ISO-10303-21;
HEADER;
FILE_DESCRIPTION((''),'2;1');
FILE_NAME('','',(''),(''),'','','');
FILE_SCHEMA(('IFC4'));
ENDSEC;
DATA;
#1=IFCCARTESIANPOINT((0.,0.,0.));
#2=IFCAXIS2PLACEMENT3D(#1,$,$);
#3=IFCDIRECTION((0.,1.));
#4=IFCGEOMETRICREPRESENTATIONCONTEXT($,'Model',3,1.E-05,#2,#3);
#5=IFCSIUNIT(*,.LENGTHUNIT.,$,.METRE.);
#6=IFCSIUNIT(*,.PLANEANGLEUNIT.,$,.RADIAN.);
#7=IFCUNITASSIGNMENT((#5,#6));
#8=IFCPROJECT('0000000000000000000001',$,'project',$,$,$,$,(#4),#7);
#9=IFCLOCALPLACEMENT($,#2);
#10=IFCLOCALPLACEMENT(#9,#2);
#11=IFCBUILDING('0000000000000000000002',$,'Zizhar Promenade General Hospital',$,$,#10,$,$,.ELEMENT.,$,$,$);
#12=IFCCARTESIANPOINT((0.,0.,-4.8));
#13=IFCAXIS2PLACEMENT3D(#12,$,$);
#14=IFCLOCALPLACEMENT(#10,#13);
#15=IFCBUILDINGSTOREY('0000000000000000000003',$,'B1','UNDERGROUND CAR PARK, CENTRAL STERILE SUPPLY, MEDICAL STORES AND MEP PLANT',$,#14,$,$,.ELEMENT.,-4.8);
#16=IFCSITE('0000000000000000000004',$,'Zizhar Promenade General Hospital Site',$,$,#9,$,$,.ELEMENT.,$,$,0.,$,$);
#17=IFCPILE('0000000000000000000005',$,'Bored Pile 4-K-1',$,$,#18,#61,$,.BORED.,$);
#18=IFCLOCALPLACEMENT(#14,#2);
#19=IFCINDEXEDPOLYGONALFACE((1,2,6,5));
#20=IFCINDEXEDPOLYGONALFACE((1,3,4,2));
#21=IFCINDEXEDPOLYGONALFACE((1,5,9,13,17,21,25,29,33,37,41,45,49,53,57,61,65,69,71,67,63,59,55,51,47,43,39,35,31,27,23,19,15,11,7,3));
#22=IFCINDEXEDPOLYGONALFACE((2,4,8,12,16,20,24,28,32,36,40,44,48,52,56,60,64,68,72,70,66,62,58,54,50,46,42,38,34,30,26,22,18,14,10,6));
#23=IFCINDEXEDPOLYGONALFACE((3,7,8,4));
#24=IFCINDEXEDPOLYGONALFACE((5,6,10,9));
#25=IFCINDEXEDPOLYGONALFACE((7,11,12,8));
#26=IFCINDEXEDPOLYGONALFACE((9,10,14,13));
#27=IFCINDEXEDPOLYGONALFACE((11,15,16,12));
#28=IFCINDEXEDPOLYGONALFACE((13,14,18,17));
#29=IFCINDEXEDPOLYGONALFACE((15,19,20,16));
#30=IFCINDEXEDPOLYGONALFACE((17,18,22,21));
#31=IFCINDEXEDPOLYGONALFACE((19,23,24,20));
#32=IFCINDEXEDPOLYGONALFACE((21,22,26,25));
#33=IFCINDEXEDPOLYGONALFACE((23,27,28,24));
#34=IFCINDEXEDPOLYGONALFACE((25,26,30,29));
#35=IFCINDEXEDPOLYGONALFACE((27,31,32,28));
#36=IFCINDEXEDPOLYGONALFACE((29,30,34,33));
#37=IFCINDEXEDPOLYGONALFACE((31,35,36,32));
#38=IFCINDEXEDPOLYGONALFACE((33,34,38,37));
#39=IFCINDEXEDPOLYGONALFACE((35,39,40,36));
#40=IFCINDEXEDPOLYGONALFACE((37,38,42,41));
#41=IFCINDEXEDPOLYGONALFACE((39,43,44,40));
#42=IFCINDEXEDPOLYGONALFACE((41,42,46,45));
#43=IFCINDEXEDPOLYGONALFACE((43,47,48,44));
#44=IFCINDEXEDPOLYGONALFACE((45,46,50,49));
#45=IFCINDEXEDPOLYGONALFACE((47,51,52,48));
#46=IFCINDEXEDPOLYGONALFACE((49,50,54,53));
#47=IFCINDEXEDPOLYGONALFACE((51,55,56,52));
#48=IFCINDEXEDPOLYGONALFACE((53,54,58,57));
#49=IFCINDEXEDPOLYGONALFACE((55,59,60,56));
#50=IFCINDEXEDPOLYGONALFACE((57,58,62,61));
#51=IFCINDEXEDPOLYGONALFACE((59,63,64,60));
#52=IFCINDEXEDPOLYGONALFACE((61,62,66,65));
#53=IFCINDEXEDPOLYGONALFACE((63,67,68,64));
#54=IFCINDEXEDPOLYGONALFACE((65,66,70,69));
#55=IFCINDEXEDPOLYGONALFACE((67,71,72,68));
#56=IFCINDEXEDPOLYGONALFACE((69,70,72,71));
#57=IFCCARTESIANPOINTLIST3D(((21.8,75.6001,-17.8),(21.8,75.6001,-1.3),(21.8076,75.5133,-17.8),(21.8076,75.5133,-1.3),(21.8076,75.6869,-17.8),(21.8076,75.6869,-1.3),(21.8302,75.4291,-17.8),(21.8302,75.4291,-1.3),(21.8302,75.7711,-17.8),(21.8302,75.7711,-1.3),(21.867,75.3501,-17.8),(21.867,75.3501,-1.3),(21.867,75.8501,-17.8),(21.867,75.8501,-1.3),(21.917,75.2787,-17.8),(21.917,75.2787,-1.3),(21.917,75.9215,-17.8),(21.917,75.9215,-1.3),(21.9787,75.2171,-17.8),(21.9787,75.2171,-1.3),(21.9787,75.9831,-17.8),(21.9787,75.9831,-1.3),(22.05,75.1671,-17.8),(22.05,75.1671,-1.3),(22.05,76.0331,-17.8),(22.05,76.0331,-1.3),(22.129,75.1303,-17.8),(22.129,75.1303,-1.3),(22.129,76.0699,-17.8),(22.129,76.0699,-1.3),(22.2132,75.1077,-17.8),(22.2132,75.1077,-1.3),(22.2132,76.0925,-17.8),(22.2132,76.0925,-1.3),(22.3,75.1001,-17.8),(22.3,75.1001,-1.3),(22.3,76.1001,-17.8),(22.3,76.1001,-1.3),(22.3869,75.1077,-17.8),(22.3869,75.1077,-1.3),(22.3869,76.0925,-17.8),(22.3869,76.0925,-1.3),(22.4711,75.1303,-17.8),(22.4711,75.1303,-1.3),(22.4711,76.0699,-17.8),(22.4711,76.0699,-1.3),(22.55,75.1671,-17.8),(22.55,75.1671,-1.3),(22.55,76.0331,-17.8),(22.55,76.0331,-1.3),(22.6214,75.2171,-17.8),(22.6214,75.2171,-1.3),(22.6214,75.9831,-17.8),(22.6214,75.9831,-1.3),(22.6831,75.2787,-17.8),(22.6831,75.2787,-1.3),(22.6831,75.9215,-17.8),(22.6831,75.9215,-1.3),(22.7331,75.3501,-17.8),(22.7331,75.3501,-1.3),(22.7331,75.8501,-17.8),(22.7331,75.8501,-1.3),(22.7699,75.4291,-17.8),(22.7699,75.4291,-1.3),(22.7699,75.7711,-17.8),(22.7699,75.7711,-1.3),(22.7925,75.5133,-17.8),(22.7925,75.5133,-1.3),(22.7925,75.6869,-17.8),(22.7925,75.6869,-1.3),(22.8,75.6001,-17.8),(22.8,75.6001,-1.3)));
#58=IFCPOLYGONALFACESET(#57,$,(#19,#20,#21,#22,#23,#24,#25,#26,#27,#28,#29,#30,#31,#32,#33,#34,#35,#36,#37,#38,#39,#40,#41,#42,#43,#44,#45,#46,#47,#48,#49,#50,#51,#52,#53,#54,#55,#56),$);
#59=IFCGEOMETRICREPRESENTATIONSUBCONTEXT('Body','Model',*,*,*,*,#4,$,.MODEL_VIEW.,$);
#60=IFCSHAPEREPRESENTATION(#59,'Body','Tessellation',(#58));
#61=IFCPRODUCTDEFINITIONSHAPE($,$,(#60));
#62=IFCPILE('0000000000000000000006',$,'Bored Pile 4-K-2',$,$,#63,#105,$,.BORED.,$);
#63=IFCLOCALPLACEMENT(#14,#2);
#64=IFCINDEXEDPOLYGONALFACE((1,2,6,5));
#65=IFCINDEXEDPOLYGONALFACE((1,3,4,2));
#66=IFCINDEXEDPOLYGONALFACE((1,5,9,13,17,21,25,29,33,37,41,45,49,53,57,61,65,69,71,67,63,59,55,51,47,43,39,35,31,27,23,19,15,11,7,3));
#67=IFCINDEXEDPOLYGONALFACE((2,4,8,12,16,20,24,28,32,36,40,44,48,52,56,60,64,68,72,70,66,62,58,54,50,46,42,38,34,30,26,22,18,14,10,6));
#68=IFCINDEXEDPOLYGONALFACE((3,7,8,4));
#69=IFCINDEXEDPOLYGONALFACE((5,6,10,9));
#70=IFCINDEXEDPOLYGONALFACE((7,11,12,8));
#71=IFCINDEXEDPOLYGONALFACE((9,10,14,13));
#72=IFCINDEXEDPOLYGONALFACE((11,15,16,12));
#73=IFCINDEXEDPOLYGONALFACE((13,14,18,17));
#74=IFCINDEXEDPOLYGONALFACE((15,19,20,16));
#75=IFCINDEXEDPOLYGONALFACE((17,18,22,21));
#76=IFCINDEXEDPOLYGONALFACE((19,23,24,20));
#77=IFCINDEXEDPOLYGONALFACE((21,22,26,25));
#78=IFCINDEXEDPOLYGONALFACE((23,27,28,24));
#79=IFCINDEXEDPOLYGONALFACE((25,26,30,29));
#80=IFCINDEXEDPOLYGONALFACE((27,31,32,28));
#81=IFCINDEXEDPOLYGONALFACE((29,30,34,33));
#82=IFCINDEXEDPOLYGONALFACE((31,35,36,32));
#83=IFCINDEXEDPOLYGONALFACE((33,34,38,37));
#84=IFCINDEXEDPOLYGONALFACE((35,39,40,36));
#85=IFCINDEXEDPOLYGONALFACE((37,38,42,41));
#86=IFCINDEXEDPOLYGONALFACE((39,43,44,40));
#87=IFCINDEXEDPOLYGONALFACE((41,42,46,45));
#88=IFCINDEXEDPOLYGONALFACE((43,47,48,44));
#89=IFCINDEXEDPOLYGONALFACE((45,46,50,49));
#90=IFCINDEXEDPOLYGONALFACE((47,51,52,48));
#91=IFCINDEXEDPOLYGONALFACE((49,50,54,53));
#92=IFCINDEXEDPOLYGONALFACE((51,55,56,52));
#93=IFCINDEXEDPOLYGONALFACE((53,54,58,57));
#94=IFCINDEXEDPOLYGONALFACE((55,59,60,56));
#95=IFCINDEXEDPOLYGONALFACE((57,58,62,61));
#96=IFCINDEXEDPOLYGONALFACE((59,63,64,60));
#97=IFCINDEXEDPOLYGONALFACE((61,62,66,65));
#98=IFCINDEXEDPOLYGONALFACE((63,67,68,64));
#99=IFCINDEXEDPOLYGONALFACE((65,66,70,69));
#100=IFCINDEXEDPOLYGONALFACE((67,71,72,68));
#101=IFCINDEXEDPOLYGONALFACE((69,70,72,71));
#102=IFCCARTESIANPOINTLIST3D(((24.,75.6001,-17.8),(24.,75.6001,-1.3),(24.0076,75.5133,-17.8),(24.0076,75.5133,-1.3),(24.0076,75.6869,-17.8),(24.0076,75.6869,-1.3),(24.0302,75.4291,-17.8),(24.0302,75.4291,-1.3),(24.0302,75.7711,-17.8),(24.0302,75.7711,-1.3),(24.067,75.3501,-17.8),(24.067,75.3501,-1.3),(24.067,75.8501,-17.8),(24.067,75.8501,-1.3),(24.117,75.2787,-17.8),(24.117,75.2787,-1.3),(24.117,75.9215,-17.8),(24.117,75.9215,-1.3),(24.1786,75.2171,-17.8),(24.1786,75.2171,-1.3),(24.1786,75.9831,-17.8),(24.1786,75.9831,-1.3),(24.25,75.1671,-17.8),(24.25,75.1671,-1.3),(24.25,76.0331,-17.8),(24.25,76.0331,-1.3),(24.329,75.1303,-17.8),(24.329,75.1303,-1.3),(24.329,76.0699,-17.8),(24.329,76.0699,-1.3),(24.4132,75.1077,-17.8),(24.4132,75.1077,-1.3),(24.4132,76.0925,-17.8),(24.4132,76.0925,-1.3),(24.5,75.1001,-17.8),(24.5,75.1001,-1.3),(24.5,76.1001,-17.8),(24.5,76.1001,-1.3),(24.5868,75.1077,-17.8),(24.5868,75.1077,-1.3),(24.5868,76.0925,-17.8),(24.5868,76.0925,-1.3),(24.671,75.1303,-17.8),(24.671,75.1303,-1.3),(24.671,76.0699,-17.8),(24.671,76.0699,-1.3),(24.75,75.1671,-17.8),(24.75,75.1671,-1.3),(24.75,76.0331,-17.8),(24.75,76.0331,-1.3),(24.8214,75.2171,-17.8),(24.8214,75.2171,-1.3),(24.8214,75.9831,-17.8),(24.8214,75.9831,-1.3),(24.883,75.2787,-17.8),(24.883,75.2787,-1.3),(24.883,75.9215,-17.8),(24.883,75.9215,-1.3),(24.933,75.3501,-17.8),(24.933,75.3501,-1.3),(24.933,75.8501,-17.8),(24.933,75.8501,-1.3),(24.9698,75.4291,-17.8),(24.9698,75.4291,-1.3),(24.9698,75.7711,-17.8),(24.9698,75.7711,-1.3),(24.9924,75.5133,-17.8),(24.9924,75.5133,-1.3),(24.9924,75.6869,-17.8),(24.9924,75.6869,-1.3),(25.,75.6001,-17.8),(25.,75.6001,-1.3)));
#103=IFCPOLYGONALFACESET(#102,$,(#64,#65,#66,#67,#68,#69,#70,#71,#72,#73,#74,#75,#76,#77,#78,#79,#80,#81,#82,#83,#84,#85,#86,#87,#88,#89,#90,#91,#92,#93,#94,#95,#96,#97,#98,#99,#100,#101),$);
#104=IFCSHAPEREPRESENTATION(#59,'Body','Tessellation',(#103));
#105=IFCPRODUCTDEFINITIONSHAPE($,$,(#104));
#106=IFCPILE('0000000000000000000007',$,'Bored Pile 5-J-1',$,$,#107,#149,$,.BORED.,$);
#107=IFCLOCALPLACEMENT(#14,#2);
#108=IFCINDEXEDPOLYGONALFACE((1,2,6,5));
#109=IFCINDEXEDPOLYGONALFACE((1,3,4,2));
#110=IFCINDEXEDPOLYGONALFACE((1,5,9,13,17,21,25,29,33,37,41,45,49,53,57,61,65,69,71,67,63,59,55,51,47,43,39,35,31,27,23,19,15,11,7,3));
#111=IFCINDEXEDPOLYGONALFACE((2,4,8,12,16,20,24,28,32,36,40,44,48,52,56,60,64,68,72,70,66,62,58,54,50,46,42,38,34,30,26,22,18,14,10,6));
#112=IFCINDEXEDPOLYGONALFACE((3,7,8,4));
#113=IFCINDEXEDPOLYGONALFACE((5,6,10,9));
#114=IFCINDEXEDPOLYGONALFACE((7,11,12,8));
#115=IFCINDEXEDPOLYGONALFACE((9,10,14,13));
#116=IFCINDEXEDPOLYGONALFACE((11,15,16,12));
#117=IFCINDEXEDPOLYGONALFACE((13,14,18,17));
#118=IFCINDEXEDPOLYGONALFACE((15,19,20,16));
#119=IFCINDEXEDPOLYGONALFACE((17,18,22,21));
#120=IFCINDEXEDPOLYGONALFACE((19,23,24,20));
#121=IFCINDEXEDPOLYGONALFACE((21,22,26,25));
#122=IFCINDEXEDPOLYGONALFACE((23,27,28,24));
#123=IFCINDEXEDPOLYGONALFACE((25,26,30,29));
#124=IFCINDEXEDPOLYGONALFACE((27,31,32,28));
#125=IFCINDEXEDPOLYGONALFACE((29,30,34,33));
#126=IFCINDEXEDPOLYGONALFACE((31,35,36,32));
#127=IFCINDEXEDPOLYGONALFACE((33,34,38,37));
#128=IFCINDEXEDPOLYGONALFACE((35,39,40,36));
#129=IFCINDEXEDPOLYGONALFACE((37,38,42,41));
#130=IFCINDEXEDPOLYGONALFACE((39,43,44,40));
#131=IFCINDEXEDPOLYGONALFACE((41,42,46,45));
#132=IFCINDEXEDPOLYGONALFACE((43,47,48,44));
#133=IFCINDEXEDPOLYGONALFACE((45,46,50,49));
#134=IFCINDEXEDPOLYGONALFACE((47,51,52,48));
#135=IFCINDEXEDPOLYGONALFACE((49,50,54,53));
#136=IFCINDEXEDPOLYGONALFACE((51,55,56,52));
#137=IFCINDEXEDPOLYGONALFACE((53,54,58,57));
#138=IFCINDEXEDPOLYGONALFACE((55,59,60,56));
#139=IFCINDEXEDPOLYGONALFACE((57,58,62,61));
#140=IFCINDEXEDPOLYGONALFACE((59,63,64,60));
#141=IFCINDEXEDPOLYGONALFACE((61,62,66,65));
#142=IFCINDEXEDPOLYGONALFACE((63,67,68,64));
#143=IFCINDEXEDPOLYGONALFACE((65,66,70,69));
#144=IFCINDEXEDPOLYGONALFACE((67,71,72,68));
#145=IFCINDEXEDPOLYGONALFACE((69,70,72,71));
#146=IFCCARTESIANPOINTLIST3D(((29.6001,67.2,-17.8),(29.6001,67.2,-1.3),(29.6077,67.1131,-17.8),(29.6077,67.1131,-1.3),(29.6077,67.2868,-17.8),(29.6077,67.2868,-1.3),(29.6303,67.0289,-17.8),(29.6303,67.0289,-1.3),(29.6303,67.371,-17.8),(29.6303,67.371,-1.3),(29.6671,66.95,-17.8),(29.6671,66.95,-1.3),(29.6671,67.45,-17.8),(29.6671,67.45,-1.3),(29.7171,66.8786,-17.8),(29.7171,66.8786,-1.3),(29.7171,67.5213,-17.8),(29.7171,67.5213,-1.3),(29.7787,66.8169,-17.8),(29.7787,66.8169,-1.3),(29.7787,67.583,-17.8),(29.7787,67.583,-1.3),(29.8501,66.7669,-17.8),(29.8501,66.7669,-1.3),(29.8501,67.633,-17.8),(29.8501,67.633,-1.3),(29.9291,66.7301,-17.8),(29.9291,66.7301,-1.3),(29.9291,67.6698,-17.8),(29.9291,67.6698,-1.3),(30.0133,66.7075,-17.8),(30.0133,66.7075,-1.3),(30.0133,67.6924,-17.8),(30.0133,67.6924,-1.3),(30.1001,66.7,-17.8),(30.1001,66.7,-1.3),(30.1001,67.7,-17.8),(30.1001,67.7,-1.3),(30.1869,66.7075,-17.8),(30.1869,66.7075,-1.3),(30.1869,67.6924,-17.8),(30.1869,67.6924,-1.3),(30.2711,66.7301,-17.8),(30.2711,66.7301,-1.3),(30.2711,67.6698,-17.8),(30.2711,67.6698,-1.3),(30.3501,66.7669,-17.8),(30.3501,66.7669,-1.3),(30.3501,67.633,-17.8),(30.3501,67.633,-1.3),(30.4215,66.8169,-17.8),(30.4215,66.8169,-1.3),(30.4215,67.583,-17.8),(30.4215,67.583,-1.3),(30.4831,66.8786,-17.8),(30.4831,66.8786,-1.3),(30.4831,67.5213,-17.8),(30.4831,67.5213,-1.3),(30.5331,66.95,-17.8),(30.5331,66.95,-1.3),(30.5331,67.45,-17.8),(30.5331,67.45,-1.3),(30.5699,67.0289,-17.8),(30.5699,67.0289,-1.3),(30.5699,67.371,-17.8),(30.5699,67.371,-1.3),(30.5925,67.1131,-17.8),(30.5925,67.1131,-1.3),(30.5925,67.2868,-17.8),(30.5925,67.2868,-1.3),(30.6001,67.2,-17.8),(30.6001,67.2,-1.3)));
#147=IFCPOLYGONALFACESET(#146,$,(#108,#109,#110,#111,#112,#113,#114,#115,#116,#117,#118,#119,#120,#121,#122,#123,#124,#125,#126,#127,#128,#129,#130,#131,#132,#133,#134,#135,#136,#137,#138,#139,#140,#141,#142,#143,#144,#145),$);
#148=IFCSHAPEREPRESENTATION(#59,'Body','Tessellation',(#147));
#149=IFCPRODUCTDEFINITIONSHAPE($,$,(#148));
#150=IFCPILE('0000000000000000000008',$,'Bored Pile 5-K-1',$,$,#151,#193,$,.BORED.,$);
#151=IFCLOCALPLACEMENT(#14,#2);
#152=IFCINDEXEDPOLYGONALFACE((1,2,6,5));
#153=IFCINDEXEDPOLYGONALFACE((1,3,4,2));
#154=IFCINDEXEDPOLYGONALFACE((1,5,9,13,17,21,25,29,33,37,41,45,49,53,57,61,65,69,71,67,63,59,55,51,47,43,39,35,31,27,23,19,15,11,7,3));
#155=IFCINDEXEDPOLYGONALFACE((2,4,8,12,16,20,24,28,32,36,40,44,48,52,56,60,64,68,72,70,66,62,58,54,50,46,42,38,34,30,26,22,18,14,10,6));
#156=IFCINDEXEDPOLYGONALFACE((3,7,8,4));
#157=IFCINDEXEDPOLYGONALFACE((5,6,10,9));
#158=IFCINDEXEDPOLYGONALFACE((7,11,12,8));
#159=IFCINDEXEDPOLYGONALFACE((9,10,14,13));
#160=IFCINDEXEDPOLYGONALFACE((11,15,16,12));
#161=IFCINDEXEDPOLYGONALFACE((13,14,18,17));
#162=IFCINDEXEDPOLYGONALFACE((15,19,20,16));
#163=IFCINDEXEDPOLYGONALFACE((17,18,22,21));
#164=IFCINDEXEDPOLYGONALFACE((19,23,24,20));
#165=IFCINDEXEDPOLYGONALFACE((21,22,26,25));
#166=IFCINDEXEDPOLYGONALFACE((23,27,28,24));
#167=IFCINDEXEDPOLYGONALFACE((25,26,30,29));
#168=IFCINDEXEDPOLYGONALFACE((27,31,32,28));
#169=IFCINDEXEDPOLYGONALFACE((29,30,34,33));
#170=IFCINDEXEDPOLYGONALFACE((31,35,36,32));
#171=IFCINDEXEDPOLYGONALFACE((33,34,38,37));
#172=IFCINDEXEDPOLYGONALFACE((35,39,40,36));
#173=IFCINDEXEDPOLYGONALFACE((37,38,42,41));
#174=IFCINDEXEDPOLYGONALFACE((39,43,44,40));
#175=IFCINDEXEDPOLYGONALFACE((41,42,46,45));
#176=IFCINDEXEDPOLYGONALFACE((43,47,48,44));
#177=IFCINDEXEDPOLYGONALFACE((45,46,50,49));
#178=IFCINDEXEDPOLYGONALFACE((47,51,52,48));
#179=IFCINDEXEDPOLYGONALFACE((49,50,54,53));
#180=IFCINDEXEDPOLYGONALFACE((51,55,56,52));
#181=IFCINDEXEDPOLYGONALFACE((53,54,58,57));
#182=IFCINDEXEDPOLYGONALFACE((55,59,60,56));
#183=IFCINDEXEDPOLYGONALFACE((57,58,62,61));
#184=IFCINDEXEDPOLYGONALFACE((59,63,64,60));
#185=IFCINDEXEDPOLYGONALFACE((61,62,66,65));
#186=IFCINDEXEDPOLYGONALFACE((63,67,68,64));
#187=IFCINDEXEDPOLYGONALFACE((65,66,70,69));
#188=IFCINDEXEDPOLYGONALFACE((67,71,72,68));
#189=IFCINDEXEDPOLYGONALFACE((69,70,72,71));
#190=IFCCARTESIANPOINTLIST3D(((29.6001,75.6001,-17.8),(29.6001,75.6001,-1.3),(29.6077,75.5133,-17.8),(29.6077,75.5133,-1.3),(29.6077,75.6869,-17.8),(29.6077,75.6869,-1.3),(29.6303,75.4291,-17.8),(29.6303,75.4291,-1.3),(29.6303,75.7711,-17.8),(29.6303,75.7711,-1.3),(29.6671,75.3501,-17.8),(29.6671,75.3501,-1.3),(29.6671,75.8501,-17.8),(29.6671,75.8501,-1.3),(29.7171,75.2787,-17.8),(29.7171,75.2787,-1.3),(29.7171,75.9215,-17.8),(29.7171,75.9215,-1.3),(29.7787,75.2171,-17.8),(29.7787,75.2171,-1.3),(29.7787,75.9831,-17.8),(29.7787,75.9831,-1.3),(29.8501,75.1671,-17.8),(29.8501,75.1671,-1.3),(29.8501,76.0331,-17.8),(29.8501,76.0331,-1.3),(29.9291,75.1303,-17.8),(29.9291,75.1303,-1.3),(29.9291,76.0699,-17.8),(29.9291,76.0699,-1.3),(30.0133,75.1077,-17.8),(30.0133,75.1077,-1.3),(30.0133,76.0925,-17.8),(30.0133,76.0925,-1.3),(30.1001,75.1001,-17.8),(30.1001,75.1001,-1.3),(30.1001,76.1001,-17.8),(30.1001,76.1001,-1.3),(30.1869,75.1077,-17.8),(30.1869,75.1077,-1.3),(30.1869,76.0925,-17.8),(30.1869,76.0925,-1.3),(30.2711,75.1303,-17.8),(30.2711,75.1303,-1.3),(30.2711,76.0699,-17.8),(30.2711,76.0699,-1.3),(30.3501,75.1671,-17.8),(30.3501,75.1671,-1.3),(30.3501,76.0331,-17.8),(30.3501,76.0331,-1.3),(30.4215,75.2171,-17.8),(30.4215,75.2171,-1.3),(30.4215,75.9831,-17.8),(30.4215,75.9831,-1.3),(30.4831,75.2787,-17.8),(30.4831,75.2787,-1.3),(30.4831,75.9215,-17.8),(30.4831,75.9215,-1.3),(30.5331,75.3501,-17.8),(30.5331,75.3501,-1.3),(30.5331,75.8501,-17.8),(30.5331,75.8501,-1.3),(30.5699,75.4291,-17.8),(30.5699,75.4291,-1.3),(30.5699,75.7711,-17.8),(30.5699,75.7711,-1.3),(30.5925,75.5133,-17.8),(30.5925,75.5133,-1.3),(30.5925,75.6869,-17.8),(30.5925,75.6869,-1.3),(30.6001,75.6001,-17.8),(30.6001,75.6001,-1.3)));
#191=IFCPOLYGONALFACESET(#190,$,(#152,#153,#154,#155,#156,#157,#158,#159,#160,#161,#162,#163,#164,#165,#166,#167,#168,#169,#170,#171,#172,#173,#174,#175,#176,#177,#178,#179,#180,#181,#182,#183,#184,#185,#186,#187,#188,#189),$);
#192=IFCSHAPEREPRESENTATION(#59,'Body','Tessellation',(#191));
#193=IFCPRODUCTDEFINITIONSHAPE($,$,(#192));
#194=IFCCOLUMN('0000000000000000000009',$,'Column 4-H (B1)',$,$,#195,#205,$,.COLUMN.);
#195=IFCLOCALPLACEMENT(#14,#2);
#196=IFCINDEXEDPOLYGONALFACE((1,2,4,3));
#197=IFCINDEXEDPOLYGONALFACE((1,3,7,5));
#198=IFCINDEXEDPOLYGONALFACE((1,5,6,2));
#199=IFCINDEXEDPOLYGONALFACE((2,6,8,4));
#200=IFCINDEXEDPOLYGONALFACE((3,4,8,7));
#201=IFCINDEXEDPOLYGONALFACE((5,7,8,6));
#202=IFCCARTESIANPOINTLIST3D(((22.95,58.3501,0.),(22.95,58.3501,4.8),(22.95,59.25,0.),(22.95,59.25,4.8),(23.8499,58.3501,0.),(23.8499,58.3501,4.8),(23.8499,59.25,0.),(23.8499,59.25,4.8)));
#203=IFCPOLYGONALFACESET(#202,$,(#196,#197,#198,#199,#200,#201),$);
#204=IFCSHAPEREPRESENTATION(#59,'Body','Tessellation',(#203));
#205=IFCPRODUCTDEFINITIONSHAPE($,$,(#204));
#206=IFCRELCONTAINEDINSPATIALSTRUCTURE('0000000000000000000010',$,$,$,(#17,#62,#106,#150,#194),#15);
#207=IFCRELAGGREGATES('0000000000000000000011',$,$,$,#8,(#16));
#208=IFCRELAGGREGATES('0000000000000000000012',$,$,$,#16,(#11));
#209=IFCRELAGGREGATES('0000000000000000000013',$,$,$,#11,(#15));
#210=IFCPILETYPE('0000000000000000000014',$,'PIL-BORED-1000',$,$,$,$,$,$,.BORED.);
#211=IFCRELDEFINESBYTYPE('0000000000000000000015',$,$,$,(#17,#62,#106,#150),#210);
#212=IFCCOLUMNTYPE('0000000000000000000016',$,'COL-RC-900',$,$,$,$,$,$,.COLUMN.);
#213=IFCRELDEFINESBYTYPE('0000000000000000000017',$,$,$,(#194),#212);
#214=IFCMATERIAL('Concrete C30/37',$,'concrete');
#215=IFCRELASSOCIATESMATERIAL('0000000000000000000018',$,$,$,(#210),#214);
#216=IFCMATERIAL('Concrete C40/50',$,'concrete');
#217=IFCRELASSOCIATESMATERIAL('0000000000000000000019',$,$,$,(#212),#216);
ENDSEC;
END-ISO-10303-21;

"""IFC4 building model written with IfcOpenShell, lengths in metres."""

from ifc_helpers import new_model, si_unit, direction, frame, origin, origin_2d, place, context, subcontext, project, spatial, rectangle, circle, extrude, material, material_profile, profile_set, type_object, element, save


model = new_model("IFC4")

# Units and contexts
model_context = context("Model", 3, precision=1e-05, world=origin(), true_north=direction((0.0, 1.0)))
body_context = subcontext(model_context, "Body", "Model", "MODEL_VIEW")
ifc_project = project(units=[si_unit("LENGTHUNIT", "METRE"), si_unit("PLANEANGLEUNIT", "RADIAN")], contexts=[model_context])

# Site, building, storey
site_placement = place(None, origin())
site = spatial("IfcSite", under=ifc_project, at=site_placement, Name="Zizhar Promenade General Hospital Site", CompositionType="ELEMENT", RefElevation=0.0)
building_placement = place(site_placement, origin())
building = spatial("IfcBuilding", under=site, at=building_placement, Name="Zizhar Promenade General Hospital", CompositionType="ELEMENT")
storey_placement = place(building_placement, frame((0.0, 0.0, -4.8)))
storey = spatial("IfcBuildingStorey", under=building, at=storey_placement, Name="B1", Description="UNDERGROUND CAR PARK, CENTRAL STERILE SUPPLY, MEDICAL STORES AND MEP PLANT", CompositionType="ELEMENT", Elevation=-4.8)

# Piles
ifc_material_1 = material(Name="Concrete C30/37", Category="concrete")
ifc_material_profile_1 = material_profile(ifc_material_1, circle(Radius=0.5, at=origin_2d()))
ifc_profile_set_1 = profile_set([ifc_material_profile_1], Name="Concrete C30/37")
pile_type = type_object("IfcPileType", Name="PIL-BORED-1000", PredefinedType="BORED", material=ifc_profile_set_1)
for number, where, z_axis, x_axis, name in (
    (1, (22.3, 75.6001, -1.3), (0.0, 0.0, -1.0), (1.0, 0.0, 0.0), "Bored Pile 4-K-1"),
    (2, (24.5, 75.6001, -1.3), (0.0, 0.0, -1.0), (1.0, 0.0, 0.0), "Bored Pile 4-K-2"),
    (3, (30.1001, 67.2, -1.3), (0.0, 0.0, -1.0), (1.0, 0.0, 0.0), "Bored Pile 5-J-1"),
    (4, (30.1001, 75.6001, -1.3), (0.0, 0.0, -1.0), (1.0, 0.0, 0.0), "Bored Pile 5-K-1"),
):
    element("IfcPile", number, at=place(storey_placement, frame(where, z_axis=z_axis, x_axis=x_axis)), inside=storey, type_object=pile_type, Name=name, PredefinedType="BORED", context=body_context, shape_type="SweptSolid", body=[
        extrude(circle(Radius=0.5, at=origin_2d()), origin(), (0.0, 0.0, 1.0), 16.5),
    ])

# Column
ifc_material_2 = material(Name="Concrete C40/50", Category="concrete")
ifc_material_profile_2 = material_profile(ifc_material_2, rectangle(XDim=0.8999, YDim=0.8999, at=origin_2d()))
ifc_profile_set_2 = profile_set([ifc_material_profile_2], Name="Concrete C40/50")
column_type = type_object("IfcColumnType", Name="COL-RC-900", PredefinedType="COLUMN", material=ifc_profile_set_2)
for number, where, z_axis, x_axis, name in (
    (5, (23.3999, 58.8, 0.0), (0.0, 0.0, 1.0), (1.0, 0.0, 0.0), "Column 4-H (B1)"),
):
    element("IfcColumn", number, at=place(storey_placement, frame(where, z_axis=z_axis, x_axis=x_axis)), inside=storey, type_object=column_type, Name=name, PredefinedType="COLUMN", context=body_context, shape_type="SweptSolid", body=[
        extrude(rectangle(XDim=0.8999, YDim=0.8999, at=origin_2d()), origin(), (0.0, 0.0, 1.0), 4.8),
    ])

save(model, "model.ifc")
